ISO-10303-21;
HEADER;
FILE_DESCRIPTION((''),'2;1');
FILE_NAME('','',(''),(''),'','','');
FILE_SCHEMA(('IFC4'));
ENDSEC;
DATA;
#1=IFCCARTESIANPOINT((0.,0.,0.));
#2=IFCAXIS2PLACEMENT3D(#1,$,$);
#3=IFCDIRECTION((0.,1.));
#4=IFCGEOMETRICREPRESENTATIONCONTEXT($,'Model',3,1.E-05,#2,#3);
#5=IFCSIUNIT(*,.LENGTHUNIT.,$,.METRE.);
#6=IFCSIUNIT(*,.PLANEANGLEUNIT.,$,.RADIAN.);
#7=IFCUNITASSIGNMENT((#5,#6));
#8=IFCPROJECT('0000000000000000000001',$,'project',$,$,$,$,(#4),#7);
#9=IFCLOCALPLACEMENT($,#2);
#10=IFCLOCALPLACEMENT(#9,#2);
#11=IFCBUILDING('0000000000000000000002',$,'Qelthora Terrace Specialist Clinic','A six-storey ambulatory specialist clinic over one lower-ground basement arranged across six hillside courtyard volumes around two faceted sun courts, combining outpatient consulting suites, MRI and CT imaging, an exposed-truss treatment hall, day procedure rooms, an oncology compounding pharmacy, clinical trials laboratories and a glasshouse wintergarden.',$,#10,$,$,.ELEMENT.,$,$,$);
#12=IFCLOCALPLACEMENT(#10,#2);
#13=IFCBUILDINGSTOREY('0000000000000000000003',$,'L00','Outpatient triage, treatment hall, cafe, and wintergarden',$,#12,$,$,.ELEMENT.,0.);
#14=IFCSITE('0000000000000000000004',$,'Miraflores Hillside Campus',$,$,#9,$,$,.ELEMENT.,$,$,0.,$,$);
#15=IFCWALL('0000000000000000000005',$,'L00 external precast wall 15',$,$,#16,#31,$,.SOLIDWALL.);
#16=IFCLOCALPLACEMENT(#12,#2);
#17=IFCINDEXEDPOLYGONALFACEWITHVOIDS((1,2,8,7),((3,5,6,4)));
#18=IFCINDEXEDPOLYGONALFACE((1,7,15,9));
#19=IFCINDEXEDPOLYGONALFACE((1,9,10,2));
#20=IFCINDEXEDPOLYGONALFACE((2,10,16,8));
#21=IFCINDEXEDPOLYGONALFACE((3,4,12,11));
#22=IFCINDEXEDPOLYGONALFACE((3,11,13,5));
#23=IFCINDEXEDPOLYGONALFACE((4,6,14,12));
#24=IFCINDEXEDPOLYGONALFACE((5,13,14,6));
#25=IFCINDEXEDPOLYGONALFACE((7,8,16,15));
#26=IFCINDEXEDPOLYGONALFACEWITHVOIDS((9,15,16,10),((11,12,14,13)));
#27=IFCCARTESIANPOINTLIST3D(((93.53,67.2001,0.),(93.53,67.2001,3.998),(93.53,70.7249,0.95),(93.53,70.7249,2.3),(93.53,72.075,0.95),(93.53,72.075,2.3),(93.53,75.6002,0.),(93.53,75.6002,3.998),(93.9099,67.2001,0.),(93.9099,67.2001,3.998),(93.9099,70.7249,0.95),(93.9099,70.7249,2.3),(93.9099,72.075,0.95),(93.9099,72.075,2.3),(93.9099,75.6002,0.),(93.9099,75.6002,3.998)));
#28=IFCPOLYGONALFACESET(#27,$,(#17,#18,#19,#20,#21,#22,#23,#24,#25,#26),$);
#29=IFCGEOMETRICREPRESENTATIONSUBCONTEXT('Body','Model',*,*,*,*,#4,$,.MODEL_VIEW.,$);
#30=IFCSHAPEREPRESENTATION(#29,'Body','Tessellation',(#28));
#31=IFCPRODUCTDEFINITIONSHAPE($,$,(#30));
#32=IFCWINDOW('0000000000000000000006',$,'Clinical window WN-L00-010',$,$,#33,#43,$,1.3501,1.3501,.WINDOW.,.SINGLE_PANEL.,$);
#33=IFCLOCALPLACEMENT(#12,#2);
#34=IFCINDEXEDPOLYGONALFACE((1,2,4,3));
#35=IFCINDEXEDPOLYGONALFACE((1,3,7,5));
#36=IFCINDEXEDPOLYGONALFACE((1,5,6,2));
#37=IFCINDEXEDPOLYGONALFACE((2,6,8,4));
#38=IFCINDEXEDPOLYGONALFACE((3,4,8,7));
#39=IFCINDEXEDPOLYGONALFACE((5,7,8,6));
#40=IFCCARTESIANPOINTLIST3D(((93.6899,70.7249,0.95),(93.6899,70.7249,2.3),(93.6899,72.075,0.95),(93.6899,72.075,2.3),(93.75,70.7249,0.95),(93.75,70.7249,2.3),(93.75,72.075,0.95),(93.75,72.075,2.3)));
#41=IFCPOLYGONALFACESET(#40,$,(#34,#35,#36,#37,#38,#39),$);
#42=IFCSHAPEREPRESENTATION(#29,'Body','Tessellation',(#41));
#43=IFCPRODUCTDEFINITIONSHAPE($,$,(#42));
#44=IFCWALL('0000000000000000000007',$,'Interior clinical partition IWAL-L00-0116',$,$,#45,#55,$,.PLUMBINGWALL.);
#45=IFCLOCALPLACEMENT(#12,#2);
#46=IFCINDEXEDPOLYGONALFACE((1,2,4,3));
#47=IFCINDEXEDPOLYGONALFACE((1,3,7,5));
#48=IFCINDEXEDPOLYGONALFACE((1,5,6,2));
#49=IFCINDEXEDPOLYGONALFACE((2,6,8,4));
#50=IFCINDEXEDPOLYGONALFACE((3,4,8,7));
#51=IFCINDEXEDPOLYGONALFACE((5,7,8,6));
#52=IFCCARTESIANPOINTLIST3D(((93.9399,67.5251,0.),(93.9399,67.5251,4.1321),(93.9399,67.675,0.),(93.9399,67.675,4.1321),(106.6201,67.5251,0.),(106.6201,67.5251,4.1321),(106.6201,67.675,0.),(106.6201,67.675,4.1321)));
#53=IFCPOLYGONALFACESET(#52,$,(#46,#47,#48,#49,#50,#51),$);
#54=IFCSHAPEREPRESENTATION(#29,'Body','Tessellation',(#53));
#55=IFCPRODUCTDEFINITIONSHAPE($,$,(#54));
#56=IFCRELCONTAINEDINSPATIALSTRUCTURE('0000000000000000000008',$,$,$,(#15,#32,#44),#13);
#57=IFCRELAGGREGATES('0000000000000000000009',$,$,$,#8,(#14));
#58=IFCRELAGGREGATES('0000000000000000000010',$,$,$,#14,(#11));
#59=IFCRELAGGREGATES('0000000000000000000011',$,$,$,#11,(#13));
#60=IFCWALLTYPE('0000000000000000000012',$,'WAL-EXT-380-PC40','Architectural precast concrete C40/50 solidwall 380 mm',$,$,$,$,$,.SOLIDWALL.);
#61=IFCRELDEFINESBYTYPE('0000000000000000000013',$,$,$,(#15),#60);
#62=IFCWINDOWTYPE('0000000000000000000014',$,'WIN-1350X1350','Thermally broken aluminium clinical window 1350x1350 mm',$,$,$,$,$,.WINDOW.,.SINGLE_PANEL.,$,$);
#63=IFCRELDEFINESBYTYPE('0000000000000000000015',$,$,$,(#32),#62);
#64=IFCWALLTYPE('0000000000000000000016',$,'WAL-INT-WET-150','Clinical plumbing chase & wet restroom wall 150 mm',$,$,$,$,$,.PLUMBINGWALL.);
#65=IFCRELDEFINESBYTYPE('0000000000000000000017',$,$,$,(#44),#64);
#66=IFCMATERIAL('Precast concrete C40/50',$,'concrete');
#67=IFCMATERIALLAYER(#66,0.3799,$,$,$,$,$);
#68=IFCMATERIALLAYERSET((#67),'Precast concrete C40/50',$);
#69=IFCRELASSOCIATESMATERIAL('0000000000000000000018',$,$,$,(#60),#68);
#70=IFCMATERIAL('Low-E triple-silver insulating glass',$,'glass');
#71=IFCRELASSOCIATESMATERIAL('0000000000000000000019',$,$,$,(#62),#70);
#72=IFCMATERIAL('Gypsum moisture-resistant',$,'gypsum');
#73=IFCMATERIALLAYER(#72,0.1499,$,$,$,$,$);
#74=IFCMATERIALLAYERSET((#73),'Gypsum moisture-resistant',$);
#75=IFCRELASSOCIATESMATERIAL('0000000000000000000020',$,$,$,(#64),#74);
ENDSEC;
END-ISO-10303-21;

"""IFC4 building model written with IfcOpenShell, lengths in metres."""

from ifc_helpers import new_model, si_unit, direction, frame, frame_2d, origin, place, context, subcontext, project, spatial, rectangle, extrude, material, layer, layer_set, type_object, element, fill, save


model = new_model("IFC4")

# Units and contexts
model_context = context("Model", 3, precision=1e-05, world=origin(), true_north=direction((0.0, 1.0)))
body_context = subcontext(model_context, "Body", "Model", "MODEL_VIEW")
ifc_project = project(units=[si_unit("LENGTHUNIT", "METRE"), si_unit("PLANEANGLEUNIT", "RADIAN")], contexts=[model_context])

# Site, building, storey
site_placement = place(None, origin())
site = spatial("IfcSite", under=ifc_project, at=site_placement, Name="Miraflores Hillside Campus", CompositionType="ELEMENT", RefElevation=0.0)
building_placement = place(site_placement, origin())
building = spatial("IfcBuilding", under=site, at=building_placement, Name="Qelthora Terrace Specialist Clinic", Description="A six-storey ambulatory specialist clinic over one lower-ground basement arranged across six hillside courtyard volumes around two faceted sun courts, combining outpatient consulting suites, MRI and CT imaging, an exposed-truss treatment hall, day procedure rooms, an oncology compounding pharmacy, clinical trials laboratories and a glasshouse wintergarden.", CompositionType="ELEMENT")
storey_placement = place(building_placement, origin())
storey = spatial("IfcBuildingStorey", under=building, at=storey_placement, Name="L00", Description="Outpatient triage, treatment hall, cafe, and wintergarden", CompositionType="ELEMENT", Elevation=0.0)

# Shared definitions
ifc_material_1 = material(Name="Low-E triple-silver insulating glass", Category="glass")

# Wall, opening, window
ifc_material_2 = material(Name="Precast concrete C40/50", Category="concrete")
ifc_layer_1 = layer(ifc_material_2, 0.3799)
ifc_layer_set_1 = layer_set([ifc_layer_1], Name="Precast concrete C40/50")
wall_type_1 = type_object("IfcWallType", Name="WAL-EXT-380-PC40", Description="Architectural precast concrete C40/50 solidwall 380 mm", PredefinedType="SOLIDWALL", material=ifc_layer_set_1)
wall_1_placement = place(storey_placement, frame((93.72, 67.2, 0.0), z_axis=(0.0, 0.0, 1.0), x_axis=(0.0, 1.0, 0.0)))
wall_1 = element("IfcWall", 1, at=wall_1_placement, inside=storey, type_object=wall_type_1, Name="L00 external precast wall 15", PredefinedType="SOLIDWALL", context=body_context, shape_type="SweptSolid", body=[
    extrude(rectangle(XDim=8.4001, YDim=0.3799, at=frame_2d((4.2002, 0.0))), origin(), (0.0, 0.0, 1.0), 3.998),
])
opening_placement = place(wall_1_placement, frame((3.5249, 0.0, 0.95)))
opening = element("IfcOpeningElement", 2, at=opening_placement, cuts=wall_1, PredefinedType="OPENING", context=body_context, shape_type="SweptSolid", body=[
    extrude(rectangle(XDim=1.3501, YDim=1.3501, at=frame_2d((0.675, 0.675))), frame((0.0, 0.2, 0.0), z_axis=(0.0, -1.0, 0.0), x_axis=(1.0, 0.0, 0.0)), (0.0, 0.0, 1.0), 0.3999),
])
window_type = type_object("IfcWindowType", Name="WIN-1350X1350", Description="Thermally broken aluminium clinical window 1350x1350 mm", PartitioningType="SINGLE_PANEL", PredefinedType="WINDOW", material=ifc_material_1)
window_placement = place(opening_placement, origin())
window = element("IfcWindow", 3, at=window_placement, inside=storey, type_object=window_type, Name="Clinical window WN-L00-010", OverallHeight=1.3501, OverallWidth=1.3501, PartitioningType="SINGLE_PANEL", PredefinedType="WINDOW", context=body_context, shape_type="SweptSolid", body=[
    extrude(rectangle(XDim=1.3501, YDim=1.3501, at=frame_2d((0.675, 0.675))), frame((0.0, 0.03, 0.0), z_axis=(0.0, -1.0, 0.0), x_axis=(1.0, 0.0, 0.0)), (0.0, 0.0, 1.0), 0.0601),
])
fill(opening, window)

# Wall
ifc_material_3 = material(Name="Gypsum moisture-resistant", Category="gypsum")
ifc_layer_2 = layer(ifc_material_3, 0.1499)
ifc_layer_set_2 = layer_set([ifc_layer_2], Name="Gypsum moisture-resistant")
wall_type_2 = type_object("IfcWallType", Name="WAL-INT-WET-150", Description="Clinical plumbing chase & wet restroom wall 150 mm", PredefinedType="PLUMBINGWALL", material=ifc_layer_set_2)
wall_2_placement = place(storey_placement, frame((106.6201, 67.6001, 0.0), z_axis=(0.0, 0.0, 1.0), x_axis=(-1.0, 0.0, 0.0)))
element("IfcWall", 4, at=wall_2_placement, inside=storey, type_object=wall_type_2, Name="Interior clinical partition IWAL-L00-0116", PredefinedType="PLUMBINGWALL", context=body_context, shape_type="SweptSolid", body=[
    extrude(rectangle(XDim=12.6802, YDim=0.1499, at=frame_2d((6.3401, 0.0))), origin(), (0.0, 0.0, 1.0), 4.1321),
])

save(model, "model.ifc")
